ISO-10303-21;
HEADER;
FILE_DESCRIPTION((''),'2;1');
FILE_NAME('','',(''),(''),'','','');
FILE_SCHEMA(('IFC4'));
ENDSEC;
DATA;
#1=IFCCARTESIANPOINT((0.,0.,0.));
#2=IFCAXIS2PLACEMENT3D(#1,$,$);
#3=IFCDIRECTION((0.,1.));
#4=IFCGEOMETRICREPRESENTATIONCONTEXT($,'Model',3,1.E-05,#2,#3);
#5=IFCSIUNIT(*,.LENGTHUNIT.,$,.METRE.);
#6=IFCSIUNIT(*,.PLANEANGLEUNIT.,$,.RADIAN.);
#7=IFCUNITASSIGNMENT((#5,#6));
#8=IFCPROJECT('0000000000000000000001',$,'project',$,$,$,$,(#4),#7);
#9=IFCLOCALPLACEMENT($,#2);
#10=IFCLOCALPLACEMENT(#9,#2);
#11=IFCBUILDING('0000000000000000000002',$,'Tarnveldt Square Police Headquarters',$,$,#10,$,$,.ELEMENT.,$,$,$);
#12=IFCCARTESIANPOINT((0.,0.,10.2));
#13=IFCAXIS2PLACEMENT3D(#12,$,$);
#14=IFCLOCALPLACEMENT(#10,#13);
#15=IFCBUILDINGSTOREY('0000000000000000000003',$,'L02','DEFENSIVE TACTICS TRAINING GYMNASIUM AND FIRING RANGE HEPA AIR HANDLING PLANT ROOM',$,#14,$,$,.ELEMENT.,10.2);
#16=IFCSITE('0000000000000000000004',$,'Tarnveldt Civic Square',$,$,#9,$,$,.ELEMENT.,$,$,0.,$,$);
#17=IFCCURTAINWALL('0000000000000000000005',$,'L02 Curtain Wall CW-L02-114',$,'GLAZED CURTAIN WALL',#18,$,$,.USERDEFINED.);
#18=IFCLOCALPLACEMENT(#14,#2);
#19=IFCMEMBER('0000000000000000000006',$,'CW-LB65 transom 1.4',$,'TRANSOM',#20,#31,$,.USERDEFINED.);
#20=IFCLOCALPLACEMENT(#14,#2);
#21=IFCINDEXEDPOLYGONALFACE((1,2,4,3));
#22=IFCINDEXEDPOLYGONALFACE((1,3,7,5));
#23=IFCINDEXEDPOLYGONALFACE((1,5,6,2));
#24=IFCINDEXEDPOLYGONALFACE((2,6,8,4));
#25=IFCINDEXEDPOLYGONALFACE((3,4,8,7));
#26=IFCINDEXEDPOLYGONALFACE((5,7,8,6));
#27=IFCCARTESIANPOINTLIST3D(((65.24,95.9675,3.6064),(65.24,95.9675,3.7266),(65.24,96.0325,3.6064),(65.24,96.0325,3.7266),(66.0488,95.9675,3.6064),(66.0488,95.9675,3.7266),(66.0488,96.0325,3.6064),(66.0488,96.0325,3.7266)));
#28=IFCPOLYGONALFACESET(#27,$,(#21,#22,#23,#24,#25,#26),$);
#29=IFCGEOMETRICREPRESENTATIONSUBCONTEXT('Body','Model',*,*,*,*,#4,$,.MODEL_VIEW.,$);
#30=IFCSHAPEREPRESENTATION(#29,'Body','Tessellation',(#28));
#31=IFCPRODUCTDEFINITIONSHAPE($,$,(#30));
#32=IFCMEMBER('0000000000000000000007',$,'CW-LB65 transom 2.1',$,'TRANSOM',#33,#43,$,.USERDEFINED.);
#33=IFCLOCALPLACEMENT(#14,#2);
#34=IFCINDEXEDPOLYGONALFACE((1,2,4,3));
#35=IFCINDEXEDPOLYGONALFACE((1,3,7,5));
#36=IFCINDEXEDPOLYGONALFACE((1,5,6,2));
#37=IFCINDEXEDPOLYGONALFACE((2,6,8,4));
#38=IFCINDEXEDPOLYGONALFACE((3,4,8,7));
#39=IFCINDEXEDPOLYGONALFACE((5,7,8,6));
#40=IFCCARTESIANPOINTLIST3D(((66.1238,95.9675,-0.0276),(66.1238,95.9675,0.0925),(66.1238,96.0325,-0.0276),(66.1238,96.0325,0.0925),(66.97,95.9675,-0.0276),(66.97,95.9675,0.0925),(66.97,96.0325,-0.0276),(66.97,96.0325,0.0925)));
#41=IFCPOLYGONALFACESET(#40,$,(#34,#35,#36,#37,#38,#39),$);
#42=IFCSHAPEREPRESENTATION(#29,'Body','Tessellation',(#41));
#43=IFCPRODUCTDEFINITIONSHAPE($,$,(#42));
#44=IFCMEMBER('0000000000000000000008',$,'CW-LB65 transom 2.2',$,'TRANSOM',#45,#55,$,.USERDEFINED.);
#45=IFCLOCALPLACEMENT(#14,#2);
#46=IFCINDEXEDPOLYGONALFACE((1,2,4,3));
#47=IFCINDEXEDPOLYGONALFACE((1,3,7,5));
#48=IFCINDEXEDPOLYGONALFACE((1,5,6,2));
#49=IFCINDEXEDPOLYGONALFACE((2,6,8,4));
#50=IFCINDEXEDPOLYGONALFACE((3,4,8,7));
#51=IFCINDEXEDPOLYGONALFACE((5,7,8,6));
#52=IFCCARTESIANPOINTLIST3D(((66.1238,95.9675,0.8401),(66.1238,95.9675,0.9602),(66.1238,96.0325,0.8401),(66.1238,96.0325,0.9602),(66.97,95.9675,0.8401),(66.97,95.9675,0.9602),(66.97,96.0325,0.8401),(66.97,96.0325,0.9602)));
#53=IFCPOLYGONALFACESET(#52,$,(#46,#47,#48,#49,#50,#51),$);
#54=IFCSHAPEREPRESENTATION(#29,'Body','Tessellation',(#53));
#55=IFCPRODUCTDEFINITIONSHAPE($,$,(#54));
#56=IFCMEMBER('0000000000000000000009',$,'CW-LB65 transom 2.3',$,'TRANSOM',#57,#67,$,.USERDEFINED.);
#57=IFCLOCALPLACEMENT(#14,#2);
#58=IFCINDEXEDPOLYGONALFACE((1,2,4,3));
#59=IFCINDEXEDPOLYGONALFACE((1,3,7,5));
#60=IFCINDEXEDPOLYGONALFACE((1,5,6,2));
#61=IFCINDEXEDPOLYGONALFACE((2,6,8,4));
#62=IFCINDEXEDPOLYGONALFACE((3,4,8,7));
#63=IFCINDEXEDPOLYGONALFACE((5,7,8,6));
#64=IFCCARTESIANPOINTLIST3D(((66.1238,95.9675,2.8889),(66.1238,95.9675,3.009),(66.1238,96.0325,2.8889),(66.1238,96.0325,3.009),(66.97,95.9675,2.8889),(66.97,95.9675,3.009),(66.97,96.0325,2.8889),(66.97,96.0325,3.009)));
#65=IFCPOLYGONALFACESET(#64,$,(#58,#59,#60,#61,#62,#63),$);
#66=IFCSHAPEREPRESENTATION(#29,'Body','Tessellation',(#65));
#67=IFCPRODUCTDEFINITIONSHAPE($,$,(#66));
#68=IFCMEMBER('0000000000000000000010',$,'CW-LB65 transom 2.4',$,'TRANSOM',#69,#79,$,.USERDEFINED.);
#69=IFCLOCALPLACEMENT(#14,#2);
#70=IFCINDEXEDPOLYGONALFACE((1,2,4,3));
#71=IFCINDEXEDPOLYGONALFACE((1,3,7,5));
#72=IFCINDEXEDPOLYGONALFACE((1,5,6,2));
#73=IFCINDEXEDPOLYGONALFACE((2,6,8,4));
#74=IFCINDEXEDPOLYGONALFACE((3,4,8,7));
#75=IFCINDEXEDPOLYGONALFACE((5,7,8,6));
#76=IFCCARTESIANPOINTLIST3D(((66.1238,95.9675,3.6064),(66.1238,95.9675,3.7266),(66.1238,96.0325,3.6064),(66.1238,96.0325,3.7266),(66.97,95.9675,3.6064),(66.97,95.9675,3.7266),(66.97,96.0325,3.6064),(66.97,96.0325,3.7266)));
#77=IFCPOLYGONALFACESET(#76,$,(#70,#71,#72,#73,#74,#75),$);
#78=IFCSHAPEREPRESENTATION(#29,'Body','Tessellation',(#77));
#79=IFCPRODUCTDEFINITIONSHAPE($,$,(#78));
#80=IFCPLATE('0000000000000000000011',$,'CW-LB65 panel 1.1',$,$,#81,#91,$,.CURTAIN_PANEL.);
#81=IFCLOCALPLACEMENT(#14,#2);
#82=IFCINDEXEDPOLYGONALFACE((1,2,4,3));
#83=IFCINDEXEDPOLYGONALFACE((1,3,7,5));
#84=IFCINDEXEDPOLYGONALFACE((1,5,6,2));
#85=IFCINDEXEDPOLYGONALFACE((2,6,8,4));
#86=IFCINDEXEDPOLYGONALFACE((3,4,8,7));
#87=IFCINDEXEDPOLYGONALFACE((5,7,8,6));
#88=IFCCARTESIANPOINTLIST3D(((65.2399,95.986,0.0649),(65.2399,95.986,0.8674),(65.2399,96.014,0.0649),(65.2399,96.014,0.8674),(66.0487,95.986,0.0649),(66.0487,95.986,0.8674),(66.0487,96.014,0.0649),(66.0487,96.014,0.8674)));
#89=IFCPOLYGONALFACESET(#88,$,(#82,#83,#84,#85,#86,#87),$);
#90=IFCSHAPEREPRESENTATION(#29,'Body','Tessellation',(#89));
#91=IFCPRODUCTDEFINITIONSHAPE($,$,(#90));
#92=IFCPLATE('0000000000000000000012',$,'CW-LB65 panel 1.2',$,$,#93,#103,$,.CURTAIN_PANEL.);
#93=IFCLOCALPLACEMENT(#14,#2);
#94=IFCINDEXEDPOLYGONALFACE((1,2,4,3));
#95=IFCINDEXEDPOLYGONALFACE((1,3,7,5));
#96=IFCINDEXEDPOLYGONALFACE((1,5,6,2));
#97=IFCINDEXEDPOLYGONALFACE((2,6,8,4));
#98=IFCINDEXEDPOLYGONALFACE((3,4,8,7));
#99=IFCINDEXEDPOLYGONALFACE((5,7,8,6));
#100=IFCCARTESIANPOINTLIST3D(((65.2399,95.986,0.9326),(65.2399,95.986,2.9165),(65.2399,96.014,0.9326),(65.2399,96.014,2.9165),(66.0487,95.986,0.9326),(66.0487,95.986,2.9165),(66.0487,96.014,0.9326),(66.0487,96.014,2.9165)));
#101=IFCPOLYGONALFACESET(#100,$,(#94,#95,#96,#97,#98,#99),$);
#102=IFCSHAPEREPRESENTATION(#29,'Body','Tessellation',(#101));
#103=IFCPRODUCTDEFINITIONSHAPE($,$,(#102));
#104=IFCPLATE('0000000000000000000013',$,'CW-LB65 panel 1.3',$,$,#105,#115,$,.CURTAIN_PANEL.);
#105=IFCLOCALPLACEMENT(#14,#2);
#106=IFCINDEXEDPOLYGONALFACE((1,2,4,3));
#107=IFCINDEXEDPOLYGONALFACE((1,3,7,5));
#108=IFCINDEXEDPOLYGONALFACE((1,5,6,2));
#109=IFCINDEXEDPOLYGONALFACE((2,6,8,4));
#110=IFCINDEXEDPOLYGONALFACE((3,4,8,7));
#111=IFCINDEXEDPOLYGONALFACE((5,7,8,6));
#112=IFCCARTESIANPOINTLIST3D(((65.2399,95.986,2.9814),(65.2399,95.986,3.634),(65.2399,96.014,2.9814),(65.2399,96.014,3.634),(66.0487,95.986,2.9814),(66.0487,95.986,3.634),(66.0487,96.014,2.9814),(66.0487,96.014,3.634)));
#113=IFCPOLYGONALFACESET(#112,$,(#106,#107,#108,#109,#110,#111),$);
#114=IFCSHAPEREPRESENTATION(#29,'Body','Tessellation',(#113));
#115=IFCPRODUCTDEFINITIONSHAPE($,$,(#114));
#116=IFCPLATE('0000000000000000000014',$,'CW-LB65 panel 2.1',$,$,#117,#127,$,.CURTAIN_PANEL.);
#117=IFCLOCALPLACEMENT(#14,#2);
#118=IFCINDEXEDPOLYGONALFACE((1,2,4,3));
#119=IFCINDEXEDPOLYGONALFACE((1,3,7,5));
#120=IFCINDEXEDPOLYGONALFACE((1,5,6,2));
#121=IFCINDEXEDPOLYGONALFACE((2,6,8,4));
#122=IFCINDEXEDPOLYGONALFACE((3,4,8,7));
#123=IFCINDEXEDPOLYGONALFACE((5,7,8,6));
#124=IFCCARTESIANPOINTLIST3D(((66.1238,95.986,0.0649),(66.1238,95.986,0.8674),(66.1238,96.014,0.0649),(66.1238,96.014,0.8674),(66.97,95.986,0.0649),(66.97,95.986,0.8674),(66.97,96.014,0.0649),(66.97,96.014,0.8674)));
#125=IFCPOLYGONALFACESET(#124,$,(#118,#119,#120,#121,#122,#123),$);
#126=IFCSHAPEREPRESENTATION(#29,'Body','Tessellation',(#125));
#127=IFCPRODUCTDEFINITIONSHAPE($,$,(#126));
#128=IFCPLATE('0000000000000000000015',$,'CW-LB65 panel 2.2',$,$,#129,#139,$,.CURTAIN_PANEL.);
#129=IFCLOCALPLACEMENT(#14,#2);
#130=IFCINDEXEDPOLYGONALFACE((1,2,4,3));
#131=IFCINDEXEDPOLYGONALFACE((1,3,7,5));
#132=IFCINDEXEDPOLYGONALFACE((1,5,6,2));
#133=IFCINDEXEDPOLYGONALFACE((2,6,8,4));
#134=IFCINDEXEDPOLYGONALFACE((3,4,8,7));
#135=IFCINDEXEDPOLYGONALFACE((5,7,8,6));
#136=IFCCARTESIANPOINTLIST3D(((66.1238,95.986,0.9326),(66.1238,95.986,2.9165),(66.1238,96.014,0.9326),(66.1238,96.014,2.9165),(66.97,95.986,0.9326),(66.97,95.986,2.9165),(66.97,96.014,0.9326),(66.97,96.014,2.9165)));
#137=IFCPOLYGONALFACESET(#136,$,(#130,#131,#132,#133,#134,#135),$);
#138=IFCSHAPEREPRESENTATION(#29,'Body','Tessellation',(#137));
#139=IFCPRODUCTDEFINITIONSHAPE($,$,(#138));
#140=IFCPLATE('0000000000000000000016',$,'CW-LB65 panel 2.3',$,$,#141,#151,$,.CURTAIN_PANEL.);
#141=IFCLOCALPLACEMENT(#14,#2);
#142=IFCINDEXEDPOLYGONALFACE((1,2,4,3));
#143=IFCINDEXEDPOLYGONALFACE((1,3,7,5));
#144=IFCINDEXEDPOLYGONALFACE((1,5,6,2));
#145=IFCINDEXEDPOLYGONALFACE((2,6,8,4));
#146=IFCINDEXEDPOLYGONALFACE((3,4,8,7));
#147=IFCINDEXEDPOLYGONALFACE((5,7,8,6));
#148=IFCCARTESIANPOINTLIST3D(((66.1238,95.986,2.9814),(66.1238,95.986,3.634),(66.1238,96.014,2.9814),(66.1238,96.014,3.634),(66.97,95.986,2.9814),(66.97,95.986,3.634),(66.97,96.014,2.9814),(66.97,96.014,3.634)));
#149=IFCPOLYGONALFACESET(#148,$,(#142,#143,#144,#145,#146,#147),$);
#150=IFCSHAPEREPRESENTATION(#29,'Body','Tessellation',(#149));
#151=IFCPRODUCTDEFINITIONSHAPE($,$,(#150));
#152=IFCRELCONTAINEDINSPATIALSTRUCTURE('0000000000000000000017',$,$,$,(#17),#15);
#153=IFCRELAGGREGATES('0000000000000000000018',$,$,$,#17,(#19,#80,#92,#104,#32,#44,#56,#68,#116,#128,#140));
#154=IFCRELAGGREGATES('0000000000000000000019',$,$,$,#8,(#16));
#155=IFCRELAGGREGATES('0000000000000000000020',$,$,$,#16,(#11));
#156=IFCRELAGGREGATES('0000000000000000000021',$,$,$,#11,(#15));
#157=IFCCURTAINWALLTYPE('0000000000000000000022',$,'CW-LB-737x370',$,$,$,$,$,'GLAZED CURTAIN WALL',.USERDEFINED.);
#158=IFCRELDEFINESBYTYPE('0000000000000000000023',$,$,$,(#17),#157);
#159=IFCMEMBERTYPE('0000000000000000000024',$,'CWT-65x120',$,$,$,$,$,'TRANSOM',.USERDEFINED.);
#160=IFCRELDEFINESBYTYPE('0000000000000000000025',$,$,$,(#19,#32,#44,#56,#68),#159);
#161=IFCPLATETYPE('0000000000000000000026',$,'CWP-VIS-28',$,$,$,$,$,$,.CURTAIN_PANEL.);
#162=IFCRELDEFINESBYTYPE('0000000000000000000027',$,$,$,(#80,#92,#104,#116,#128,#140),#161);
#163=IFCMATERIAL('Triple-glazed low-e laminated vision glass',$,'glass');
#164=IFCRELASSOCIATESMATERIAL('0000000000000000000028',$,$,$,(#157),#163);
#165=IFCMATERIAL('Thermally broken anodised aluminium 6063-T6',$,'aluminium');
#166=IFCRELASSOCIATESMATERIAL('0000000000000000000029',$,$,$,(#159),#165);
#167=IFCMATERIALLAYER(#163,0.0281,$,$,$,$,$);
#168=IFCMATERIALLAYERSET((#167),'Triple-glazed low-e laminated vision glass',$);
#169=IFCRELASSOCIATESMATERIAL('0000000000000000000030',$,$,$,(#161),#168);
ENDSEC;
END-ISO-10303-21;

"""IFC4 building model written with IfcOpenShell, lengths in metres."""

from ifc_helpers import new_model, si_unit, direction, frame, origin, origin_2d, place, context, subcontext, project, spatial, rectangle, extrude, material, layer, layer_set, material_profile, profile_set, type_object, element, aggregate, save


model = new_model("IFC4")

# Units and contexts
model_context = context("Model", 3, precision=1e-05, world=origin(), true_north=direction((0.0, 1.0)))
body_context = subcontext(model_context, "Body", "Model", "MODEL_VIEW")
ifc_project = project(units=[si_unit("LENGTHUNIT", "METRE"), si_unit("PLANEANGLEUNIT", "RADIAN")], contexts=[model_context])

# Site, building, storey
site_placement = place(None, origin())
site = spatial("IfcSite", under=ifc_project, at=site_placement, Name="Tarnveldt Civic Square", CompositionType="ELEMENT", RefElevation=0.0)
building_placement = place(site_placement, origin())
building = spatial("IfcBuilding", under=site, at=building_placement, Name="Tarnveldt Square Police Headquarters", CompositionType="ELEMENT")
storey_placement = place(building_placement, frame((0.0, 0.0, 10.2)))
storey = spatial("IfcBuildingStorey", under=building, at=storey_placement, Name="L02", Description="DEFENSIVE TACTICS TRAINING GYMNASIUM AND FIRING RANGE HEPA AIR HANDLING PLANT ROOM", CompositionType="ELEMENT", Elevation=10.2)

# Curtain wall, members, plates
ifc_material_1 = material(Name="Triple-glazed low-e laminated vision glass", Category="glass")
curtain_wall_type = type_object("IfcCurtainWallType", Name="CW-LB-737x370", ElementType="GLAZED CURTAIN WALL", PredefinedType="USERDEFINED", material=ifc_material_1)
curtain_wall_placement = place(storey_placement, origin())
curtain_wall = element("IfcCurtainWall", 1, at=curtain_wall_placement, inside=storey, type_object=curtain_wall_type, Name="L02 Curtain Wall CW-L02-114", ObjectType="GLAZED CURTAIN WALL", PredefinedType="USERDEFINED")
ifc_material_2 = material(Name="Thermally broken anodised aluminium 6063-T6", Category="aluminium")
ifc_material_profile_1 = material_profile(ifc_material_2, rectangle(XDim=0.0649, YDim=0.1201, at=origin_2d()), Name="CW-T65x120")
ifc_profile_set_1 = profile_set([ifc_material_profile_1], Name="Thermally broken anodised aluminium 6063-T6")
member_type_1 = type_object("IfcMemberType", Name="CWT-65x120", ElementType="TRANSOM", PredefinedType="USERDEFINED", material=ifc_profile_set_1)
member_1_placement = place(storey_placement, frame((65.24, 96.0, 3.6665), z_axis=(1.0, 0.0, 0.0), x_axis=(0.0, 1.0, 0.0)))
member_1 = element("IfcMember", 2, at=member_1_placement, type_object=member_type_1, Name="CW-LB65 transom 1.4", ObjectType="TRANSOM", PredefinedType="USERDEFINED", context=body_context, shape_type="SweptSolid", body=[
    extrude(rectangle(XDim=0.0649, YDim=0.1201, at=origin_2d()), origin(), (0.0, 0.0, 1.0), 0.8088),
])
member_2_placement = place(storey_placement, frame((66.1238, 96.0, 0.0325), z_axis=(1.0, 0.0, 0.0), x_axis=(0.0, 1.0, 0.0)))
member_2 = element("IfcMember", 3, at=member_2_placement, type_object=member_type_1, Name="CW-LB65 transom 2.1", ObjectType="TRANSOM", PredefinedType="USERDEFINED", context=body_context, shape_type="SweptSolid", body=[
    extrude(rectangle(XDim=0.0649, YDim=0.1201, at=origin_2d()), origin(), (0.0, 0.0, 1.0), 0.8462),
])
member_3_placement = place(storey_placement, frame((66.1238, 96.0, 0.9001), z_axis=(1.0, 0.0, 0.0), x_axis=(0.0, 1.0, 0.0)))
member_3 = element("IfcMember", 4, at=member_3_placement, type_object=member_type_1, Name="CW-LB65 transom 2.2", ObjectType="TRANSOM", PredefinedType="USERDEFINED", context=body_context, shape_type="SweptSolid", body=[
    extrude(rectangle(XDim=0.0649, YDim=0.1201, at=origin_2d()), origin(), (0.0, 0.0, 1.0), 0.8462),
])
member_4_placement = place(storey_placement, frame((66.1238, 96.0, 2.949), z_axis=(1.0, 0.0, 0.0), x_axis=(0.0, 1.0, 0.0)))
member_4 = element("IfcMember", 5, at=member_4_placement, type_object=member_type_1, Name="CW-LB65 transom 2.3", ObjectType="TRANSOM", PredefinedType="USERDEFINED", context=body_context, shape_type="SweptSolid", body=[
    extrude(rectangle(XDim=0.0649, YDim=0.1201, at=origin_2d()), origin(), (0.0, 0.0, 1.0), 0.8462),
])
member_5_placement = place(storey_placement, frame((66.1238, 96.0, 3.6665), z_axis=(1.0, 0.0, 0.0), x_axis=(0.0, 1.0, 0.0)))
member_5 = element("IfcMember", 6, at=member_5_placement, type_object=member_type_1, Name="CW-LB65 transom 2.4", ObjectType="TRANSOM", PredefinedType="USERDEFINED", context=body_context, shape_type="SweptSolid", body=[
    extrude(rectangle(XDim=0.0649, YDim=0.1201, at=origin_2d()), origin(), (0.0, 0.0, 1.0), 0.8462),
])
ifc_layer = layer(ifc_material_1, 0.0281)
ifc_layer_set = layer_set([ifc_layer], Name="Triple-glazed low-e laminated vision glass")
plate_type = type_object("IfcPlateType", Name="CWP-VIS-28", PredefinedType="CURTAIN_PANEL", material=ifc_layer_set)
plate_1_placement = place(storey_placement, frame((65.6443, 96.0, 0.0649), z_axis=(0.0, 0.0, 1.0), x_axis=(1.0, 0.0, 0.0)))
plate_1 = element("IfcPlate", 7, at=plate_1_placement, type_object=plate_type, Name="CW-LB65 panel 1.1", PredefinedType="CURTAIN_PANEL", context=body_context, shape_type="SweptSolid", body=[
    extrude(rectangle(XDim=0.8088, YDim=0.0281, at=origin_2d()), origin(), (0.0, 0.0, 1.0), 0.8025),
])
plate_2_placement = place(storey_placement, frame((65.6443, 96.0, 0.9326), z_axis=(0.0, 0.0, 1.0), x_axis=(1.0, 0.0, 0.0)))
plate_2 = element("IfcPlate", 8, at=plate_2_placement, type_object=plate_type, Name="CW-LB65 panel 1.2", PredefinedType="CURTAIN_PANEL", context=body_context, shape_type="SweptSolid", body=[
    extrude(rectangle(XDim=0.8088, YDim=0.0281, at=origin_2d()), origin(), (0.0, 0.0, 1.0), 1.9839),
])
plate_3_placement = place(storey_placement, frame((65.6443, 96.0, 2.9814), z_axis=(0.0, 0.0, 1.0), x_axis=(1.0, 0.0, 0.0)))
plate_3 = element("IfcPlate", 9, at=plate_3_placement, type_object=plate_type, Name="CW-LB65 panel 1.3", PredefinedType="CURTAIN_PANEL", context=body_context, shape_type="SweptSolid", body=[
    extrude(rectangle(XDim=0.8088, YDim=0.0281, at=origin_2d()), origin(), (0.0, 0.0, 1.0), 0.6526),
])
plate_4_placement = place(storey_placement, frame((66.5469, 96.0, 0.0649), z_axis=(0.0, 0.0, 1.0), x_axis=(1.0, 0.0, 0.0)))
plate_4 = element("IfcPlate", 10, at=plate_4_placement, type_object=plate_type, Name="CW-LB65 panel 2.1", PredefinedType="CURTAIN_PANEL", context=body_context, shape_type="SweptSolid", body=[
    extrude(rectangle(XDim=0.8462, YDim=0.0281, at=origin_2d()), origin(), (0.0, 0.0, 1.0), 0.8025),
])
plate_5_placement = place(storey_placement, frame((66.5469, 96.0, 0.9326), z_axis=(0.0, 0.0, 1.0), x_axis=(1.0, 0.0, 0.0)))
plate_5 = element("IfcPlate", 11, at=plate_5_placement, type_object=plate_type, Name="CW-LB65 panel 2.2", PredefinedType="CURTAIN_PANEL", context=body_context, shape_type="SweptSolid", body=[
    extrude(rectangle(XDim=0.8462, YDim=0.0281, at=origin_2d()), origin(), (0.0, 0.0, 1.0), 1.9839),
])
plate_6_placement = place(storey_placement, frame((66.5469, 96.0, 2.9814), z_axis=(0.0, 0.0, 1.0), x_axis=(1.0, 0.0, 0.0)))
plate_6 = element("IfcPlate", 12, at=plate_6_placement, type_object=plate_type, Name="CW-LB65 panel 2.3", PredefinedType="CURTAIN_PANEL", context=body_context, shape_type="SweptSolid", body=[
    extrude(rectangle(XDim=0.8462, YDim=0.0281, at=origin_2d()), origin(), (0.0, 0.0, 1.0), 0.6526),
])
aggregate(curtain_wall, [member_1, plate_1, plate_2, plate_3, member_2, member_3, member_4, member_5, plate_4, plate_5, plate_6])

save(model, "model.ifc")
